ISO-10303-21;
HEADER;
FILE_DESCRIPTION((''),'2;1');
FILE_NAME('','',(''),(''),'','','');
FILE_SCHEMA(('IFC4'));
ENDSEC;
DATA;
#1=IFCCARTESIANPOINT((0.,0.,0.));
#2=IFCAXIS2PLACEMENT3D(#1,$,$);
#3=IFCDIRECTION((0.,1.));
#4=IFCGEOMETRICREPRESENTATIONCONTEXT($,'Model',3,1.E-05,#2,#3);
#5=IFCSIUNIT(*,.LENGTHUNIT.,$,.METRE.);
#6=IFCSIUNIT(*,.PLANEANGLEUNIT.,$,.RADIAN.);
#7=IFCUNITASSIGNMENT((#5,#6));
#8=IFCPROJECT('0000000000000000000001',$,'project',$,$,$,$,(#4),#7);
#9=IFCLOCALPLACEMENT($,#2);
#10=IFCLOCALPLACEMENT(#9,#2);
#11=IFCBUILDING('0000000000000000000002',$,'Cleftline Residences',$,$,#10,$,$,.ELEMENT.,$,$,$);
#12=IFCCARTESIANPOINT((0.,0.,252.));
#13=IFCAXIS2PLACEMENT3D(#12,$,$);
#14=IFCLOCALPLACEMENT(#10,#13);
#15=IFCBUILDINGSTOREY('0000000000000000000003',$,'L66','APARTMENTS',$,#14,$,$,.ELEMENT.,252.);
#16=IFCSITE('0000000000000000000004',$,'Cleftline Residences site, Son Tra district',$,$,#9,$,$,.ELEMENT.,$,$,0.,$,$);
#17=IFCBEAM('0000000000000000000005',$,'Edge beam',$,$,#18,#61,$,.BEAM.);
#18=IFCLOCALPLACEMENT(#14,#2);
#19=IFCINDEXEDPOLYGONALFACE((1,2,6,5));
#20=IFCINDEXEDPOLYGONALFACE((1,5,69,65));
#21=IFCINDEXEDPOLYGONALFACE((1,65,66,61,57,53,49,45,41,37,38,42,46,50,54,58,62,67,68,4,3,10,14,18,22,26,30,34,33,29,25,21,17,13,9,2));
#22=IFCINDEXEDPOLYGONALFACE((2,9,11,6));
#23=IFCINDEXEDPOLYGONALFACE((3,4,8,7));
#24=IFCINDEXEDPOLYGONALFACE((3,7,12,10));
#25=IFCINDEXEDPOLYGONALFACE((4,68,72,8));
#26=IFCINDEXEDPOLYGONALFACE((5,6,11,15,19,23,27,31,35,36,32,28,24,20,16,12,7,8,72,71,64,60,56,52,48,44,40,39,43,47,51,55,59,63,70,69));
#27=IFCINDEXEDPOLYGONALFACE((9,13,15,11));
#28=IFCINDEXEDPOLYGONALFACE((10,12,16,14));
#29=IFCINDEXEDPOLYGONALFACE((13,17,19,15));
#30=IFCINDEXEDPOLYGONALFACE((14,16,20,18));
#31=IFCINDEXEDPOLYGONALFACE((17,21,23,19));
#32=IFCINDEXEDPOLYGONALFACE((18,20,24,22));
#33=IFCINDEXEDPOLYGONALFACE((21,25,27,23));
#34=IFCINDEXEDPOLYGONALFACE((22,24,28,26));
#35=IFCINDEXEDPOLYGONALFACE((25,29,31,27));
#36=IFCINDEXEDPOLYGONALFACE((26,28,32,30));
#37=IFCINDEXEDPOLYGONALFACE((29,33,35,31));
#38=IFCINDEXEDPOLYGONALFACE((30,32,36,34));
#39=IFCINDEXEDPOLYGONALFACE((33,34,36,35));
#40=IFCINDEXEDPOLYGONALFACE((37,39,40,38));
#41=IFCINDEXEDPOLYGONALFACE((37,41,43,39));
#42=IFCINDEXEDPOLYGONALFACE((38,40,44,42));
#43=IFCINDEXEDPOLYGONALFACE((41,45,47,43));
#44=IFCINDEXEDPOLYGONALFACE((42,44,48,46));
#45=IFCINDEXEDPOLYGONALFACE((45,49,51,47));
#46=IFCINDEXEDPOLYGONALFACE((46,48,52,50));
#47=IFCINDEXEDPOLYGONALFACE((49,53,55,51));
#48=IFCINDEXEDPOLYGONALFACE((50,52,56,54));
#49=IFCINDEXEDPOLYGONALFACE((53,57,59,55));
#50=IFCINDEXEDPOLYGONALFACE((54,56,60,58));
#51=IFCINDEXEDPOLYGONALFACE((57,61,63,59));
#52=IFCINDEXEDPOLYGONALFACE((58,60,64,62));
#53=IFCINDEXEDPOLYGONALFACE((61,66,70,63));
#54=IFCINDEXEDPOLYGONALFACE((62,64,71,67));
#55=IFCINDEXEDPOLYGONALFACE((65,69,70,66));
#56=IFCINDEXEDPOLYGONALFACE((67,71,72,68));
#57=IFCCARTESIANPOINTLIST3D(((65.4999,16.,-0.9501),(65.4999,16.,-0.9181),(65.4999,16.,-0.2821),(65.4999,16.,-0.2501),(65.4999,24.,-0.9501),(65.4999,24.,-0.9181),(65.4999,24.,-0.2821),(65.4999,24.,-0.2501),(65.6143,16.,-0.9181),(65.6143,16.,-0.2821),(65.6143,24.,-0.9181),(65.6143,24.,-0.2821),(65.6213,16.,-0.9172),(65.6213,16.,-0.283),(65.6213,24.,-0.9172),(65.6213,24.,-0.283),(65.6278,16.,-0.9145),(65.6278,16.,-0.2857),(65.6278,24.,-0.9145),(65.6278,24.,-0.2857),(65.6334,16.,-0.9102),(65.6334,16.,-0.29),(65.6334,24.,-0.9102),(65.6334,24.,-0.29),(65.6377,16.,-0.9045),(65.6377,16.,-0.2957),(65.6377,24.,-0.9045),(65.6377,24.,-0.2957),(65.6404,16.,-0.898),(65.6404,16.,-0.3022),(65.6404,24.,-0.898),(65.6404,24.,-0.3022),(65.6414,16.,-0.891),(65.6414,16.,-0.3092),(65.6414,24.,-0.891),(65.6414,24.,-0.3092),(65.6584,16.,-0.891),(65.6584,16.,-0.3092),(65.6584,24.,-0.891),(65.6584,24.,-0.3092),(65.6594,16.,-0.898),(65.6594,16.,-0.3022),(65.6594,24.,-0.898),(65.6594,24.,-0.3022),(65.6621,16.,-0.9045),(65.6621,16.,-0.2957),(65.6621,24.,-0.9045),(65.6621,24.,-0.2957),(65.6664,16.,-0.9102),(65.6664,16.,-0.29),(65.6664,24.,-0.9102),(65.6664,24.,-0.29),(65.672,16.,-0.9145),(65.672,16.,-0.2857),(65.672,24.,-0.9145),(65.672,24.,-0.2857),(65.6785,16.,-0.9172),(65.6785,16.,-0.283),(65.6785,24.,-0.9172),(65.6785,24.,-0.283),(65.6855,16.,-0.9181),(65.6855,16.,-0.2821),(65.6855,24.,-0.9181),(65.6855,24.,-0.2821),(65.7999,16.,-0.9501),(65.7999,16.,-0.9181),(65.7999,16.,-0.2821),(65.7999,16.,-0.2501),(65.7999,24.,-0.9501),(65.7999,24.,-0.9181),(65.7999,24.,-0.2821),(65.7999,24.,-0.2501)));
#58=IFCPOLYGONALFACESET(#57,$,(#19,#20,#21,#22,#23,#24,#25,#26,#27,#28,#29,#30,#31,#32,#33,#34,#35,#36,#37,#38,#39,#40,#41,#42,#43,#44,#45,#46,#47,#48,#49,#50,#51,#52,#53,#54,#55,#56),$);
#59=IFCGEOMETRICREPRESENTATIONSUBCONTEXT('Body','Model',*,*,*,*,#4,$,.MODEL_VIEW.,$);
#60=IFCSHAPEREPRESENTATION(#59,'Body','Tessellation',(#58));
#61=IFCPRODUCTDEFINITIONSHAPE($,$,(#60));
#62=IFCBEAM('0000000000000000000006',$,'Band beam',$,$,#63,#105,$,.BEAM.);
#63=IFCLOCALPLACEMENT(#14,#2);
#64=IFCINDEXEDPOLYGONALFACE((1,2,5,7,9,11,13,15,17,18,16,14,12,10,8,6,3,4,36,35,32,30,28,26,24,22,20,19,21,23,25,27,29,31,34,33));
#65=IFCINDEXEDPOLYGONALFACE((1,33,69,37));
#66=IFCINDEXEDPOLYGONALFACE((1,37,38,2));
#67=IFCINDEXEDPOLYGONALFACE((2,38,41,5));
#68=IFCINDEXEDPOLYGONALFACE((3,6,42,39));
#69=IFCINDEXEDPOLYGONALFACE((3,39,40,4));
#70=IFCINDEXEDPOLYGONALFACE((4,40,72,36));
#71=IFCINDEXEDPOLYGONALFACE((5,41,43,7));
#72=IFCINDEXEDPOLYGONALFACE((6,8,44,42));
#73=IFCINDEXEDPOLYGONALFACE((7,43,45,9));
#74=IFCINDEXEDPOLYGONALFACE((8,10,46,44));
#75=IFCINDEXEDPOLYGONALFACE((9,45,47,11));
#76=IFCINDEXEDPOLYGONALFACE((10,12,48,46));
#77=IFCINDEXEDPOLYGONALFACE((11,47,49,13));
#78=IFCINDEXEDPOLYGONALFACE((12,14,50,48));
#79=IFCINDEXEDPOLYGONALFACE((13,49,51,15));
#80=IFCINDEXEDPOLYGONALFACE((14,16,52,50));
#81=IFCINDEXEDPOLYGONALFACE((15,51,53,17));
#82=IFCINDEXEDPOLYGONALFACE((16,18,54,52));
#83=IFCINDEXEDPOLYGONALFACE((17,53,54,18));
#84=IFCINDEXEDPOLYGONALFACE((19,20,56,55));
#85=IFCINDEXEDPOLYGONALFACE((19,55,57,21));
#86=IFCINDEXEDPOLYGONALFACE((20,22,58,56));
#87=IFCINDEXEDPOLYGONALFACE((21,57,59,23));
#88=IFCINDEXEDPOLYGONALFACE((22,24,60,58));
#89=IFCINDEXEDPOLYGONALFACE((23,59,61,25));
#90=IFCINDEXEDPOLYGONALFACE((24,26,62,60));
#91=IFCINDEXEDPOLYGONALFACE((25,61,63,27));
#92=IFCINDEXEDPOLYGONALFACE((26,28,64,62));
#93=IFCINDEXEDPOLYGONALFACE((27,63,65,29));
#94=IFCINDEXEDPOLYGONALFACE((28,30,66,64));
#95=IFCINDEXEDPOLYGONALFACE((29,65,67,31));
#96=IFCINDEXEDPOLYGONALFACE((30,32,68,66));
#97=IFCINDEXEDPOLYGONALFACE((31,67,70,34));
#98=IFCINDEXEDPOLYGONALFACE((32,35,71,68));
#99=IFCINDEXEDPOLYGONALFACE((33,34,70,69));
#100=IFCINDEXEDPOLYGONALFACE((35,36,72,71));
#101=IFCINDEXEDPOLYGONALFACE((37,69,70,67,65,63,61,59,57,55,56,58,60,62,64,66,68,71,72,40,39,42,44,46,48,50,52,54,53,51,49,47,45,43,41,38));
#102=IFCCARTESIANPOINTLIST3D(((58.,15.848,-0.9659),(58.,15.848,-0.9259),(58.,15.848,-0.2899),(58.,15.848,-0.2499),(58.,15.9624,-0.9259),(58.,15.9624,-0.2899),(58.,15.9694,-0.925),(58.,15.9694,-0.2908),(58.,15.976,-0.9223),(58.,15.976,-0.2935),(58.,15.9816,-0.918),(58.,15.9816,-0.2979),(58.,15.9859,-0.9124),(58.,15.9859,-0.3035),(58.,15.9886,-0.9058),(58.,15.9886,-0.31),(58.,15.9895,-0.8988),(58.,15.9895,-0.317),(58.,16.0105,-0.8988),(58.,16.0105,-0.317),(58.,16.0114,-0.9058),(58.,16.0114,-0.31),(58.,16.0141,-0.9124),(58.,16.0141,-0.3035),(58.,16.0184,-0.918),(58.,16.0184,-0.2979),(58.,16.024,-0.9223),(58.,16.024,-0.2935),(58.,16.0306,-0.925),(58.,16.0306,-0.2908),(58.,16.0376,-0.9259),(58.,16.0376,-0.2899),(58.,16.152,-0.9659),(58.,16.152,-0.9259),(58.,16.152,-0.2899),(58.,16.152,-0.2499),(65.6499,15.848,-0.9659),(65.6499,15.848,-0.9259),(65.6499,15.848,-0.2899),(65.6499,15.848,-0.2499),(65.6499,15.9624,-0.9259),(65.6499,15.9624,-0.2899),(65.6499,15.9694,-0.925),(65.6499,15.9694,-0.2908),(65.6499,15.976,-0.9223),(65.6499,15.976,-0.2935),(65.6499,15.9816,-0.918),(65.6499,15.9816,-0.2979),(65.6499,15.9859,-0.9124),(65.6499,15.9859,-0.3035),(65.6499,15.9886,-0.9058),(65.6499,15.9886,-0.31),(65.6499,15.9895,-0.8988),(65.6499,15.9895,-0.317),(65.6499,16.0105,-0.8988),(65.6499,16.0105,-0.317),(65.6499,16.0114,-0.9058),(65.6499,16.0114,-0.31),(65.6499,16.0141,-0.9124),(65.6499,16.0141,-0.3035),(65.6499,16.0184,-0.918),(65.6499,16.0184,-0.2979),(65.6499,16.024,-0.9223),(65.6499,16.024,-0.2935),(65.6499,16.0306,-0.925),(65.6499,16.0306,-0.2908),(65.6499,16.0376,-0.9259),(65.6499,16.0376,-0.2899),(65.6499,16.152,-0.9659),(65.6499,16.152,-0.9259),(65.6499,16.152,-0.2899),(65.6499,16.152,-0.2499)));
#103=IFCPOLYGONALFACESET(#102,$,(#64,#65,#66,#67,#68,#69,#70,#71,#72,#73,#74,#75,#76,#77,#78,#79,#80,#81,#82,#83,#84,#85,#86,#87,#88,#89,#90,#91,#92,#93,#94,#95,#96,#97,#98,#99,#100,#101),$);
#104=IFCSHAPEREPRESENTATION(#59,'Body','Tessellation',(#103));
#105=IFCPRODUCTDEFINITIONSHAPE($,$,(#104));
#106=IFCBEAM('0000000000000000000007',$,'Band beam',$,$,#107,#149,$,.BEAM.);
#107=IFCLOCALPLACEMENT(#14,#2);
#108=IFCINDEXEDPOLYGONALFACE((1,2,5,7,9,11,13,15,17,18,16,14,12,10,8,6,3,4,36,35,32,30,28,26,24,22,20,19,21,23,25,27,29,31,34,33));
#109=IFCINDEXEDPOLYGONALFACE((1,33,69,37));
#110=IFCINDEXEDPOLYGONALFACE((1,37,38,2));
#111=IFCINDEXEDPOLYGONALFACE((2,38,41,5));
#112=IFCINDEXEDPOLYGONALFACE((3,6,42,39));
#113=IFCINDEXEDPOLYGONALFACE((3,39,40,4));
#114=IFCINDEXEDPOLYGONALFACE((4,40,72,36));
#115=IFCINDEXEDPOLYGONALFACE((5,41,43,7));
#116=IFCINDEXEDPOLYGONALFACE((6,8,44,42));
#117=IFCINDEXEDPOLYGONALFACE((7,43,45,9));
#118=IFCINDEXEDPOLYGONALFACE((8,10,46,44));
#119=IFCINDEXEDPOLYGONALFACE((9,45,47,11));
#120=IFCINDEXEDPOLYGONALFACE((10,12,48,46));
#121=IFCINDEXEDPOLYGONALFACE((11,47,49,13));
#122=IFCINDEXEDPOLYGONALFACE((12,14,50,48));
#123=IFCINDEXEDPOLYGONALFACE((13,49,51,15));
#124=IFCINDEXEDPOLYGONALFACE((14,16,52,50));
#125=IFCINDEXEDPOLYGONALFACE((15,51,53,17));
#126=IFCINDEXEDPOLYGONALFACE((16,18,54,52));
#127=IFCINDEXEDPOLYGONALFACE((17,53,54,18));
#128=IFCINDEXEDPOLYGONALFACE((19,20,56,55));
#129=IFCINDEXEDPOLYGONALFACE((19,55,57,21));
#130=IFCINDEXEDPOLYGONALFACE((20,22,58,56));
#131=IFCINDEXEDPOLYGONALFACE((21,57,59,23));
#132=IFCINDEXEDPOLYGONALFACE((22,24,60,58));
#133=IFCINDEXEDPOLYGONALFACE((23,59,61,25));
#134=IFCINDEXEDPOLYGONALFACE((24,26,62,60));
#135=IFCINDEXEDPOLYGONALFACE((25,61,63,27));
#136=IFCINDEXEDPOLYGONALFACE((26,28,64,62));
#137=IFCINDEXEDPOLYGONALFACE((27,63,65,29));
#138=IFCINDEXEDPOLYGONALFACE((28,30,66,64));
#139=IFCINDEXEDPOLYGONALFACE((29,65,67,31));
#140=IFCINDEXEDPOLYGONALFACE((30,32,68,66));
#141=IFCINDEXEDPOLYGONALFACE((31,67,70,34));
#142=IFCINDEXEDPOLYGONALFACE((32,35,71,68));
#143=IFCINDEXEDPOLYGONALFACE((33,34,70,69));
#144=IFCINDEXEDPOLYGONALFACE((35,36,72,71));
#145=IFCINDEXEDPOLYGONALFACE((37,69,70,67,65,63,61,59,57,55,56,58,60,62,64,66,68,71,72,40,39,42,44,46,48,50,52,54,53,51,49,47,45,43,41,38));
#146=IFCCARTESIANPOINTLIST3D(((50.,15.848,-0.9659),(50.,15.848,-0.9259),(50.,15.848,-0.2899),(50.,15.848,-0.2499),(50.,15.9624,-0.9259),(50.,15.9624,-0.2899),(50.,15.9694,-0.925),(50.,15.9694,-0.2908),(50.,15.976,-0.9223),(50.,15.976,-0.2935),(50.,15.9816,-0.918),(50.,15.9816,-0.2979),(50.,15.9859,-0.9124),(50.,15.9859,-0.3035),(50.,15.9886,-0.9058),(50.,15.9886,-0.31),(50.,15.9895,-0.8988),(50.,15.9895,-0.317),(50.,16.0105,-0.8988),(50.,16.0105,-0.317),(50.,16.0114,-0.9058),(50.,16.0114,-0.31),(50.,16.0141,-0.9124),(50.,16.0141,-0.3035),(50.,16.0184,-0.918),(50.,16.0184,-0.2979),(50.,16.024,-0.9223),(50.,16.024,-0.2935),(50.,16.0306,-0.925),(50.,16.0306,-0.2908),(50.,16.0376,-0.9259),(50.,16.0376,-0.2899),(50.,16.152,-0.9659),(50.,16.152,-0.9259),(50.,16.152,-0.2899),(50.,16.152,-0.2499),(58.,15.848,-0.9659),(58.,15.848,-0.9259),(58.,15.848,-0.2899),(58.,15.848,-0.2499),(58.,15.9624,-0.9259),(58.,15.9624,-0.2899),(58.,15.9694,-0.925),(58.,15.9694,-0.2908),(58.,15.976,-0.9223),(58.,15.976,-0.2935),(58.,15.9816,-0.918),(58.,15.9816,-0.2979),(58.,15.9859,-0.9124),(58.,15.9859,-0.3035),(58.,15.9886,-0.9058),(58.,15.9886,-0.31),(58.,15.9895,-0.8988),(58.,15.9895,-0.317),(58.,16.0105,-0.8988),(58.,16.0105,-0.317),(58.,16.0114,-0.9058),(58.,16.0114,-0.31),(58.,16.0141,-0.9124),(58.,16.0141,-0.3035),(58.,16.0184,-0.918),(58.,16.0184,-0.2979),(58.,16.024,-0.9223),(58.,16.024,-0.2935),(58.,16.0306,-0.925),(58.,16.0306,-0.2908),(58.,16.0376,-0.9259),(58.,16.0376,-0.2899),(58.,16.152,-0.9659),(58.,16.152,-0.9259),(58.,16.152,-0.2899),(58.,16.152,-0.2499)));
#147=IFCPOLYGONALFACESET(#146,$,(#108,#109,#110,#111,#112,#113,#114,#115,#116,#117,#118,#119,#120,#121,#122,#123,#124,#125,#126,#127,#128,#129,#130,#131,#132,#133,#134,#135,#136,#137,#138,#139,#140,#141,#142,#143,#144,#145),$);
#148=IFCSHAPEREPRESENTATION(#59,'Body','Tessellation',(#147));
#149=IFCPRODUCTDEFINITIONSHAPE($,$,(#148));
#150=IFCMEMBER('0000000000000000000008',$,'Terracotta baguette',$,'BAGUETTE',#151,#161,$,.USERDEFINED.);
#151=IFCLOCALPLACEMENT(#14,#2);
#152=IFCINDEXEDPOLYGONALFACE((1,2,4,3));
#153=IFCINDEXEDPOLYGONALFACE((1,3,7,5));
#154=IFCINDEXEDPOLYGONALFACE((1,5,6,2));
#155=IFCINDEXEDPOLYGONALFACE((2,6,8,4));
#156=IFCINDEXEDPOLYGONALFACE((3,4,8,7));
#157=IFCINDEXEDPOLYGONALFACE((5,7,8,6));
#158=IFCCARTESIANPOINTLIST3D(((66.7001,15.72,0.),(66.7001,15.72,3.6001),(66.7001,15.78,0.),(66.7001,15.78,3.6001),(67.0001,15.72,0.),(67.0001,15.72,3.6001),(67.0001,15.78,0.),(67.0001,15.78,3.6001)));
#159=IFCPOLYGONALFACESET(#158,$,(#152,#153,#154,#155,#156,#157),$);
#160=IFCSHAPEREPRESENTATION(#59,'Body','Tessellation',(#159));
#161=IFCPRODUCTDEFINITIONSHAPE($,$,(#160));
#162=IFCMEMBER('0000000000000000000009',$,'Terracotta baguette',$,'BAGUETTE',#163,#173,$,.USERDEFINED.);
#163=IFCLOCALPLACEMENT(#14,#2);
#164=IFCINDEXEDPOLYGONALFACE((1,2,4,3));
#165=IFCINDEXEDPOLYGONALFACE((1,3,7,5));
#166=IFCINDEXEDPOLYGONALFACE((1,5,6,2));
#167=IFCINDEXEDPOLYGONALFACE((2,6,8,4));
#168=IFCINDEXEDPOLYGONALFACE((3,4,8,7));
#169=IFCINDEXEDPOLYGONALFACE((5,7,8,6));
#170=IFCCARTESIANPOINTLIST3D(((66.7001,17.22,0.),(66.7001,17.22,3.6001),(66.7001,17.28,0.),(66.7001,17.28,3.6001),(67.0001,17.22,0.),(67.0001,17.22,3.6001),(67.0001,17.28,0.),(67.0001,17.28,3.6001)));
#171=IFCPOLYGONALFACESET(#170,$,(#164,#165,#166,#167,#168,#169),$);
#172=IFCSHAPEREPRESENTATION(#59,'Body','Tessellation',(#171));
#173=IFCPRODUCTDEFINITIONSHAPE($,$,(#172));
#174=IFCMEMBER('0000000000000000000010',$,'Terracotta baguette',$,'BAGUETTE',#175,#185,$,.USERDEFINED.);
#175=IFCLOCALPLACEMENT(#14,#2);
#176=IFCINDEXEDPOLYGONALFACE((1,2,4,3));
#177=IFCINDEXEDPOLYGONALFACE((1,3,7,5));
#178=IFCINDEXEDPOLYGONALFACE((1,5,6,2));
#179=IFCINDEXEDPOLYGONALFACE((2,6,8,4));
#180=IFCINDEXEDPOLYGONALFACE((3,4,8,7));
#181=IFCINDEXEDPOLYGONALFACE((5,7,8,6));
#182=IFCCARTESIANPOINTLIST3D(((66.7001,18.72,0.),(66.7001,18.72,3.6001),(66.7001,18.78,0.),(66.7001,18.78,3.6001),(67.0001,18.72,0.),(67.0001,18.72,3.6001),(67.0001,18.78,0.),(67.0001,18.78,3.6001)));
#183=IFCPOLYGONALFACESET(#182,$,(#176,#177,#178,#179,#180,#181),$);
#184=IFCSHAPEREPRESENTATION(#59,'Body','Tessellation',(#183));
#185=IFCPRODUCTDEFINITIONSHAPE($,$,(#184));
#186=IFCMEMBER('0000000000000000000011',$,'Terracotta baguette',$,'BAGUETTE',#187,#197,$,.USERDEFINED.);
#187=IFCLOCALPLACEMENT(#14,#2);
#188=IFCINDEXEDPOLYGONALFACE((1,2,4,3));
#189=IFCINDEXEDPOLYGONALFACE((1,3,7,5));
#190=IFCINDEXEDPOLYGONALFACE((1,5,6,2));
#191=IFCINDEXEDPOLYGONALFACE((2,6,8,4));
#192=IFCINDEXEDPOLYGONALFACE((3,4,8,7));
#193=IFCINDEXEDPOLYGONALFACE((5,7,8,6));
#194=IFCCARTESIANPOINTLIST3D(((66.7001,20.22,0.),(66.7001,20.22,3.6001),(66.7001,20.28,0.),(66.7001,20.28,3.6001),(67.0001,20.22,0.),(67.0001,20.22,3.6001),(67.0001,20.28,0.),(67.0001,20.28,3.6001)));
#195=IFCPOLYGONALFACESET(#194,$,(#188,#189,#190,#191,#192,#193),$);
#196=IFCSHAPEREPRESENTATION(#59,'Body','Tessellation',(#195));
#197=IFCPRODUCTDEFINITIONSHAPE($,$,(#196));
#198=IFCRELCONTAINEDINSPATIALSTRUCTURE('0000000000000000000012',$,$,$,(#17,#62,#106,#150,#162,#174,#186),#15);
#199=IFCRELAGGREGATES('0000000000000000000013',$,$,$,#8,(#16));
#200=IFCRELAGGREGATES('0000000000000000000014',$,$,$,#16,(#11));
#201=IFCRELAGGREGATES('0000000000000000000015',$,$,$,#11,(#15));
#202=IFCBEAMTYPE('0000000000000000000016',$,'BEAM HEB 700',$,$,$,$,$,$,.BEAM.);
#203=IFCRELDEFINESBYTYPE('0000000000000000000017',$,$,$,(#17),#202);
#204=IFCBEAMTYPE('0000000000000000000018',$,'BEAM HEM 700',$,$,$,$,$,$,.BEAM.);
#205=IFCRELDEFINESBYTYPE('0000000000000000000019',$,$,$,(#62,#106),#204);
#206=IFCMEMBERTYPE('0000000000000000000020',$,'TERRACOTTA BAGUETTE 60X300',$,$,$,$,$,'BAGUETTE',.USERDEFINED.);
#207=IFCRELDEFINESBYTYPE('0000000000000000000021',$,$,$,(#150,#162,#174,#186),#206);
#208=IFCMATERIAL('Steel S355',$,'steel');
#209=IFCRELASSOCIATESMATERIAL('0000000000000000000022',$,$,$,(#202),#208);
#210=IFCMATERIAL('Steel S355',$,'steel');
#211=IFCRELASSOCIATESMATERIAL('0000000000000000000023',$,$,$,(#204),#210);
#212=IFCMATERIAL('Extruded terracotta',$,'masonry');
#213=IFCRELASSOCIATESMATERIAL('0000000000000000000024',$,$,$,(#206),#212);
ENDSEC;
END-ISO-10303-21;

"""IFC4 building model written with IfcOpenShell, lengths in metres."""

from ifc_helpers import new_model, si_unit, direction, frame, origin, origin_2d, place, context, subcontext, project, spatial, rectangle, i_section, extrude, material, material_profile, profile_set, type_object, element, save


model = new_model("IFC4")

# Units and contexts
model_context = context("Model", 3, precision=1e-05, world=origin(), true_north=direction((0.0, 1.0)))
body_context = subcontext(model_context, "Body", "Model", "MODEL_VIEW")
ifc_project = project(units=[si_unit("LENGTHUNIT", "METRE"), si_unit("PLANEANGLEUNIT", "RADIAN")], contexts=[model_context])

# Site, building, storey
site_placement = place(None, origin())
site = spatial("IfcSite", under=ifc_project, at=site_placement, Name="Cleftline Residences site, Son Tra district", CompositionType="ELEMENT", RefElevation=0.0)
building_placement = place(site_placement, origin())
building = spatial("IfcBuilding", under=site, at=building_placement, Name="Cleftline Residences", CompositionType="ELEMENT")
storey_placement = place(building_placement, frame((0.0, 0.0, 252.0)))
storey = spatial("IfcBuildingStorey", under=building, at=storey_placement, Name="L66", Description="APARTMENTS", CompositionType="ELEMENT", Elevation=252.0)

# Beams
ifc_material_1 = material(Name="Steel S355", Category="steel")
ifc_material_profile_1 = material_profile(ifc_material_1, i_section(OverallWidth=0.3, OverallDepth=0.7, WebThickness=0.0171, FlangeThickness=0.032, FilletRadius=0.0271, at=origin_2d()))
ifc_profile_set_1 = profile_set([ifc_material_profile_1], Name="Steel S355")
beam_type_1 = type_object("IfcBeamType", Name="BEAM HEB 700", PredefinedType="BEAM", material=ifc_profile_set_1)
beam_1_placement = place(storey_placement, frame((65.6499, 16.0, -0.6001), z_axis=(0.0, 1.0, 0.0), x_axis=(-1.0, 0.0, 0.0)))
element("IfcBeam", 1, at=beam_1_placement, inside=storey, type_object=beam_type_1, Name="Edge beam", PredefinedType="BEAM", context=body_context, shape_type="SweptSolid", body=[
    extrude(i_section(OverallWidth=0.3, OverallDepth=0.7, WebThickness=0.0171, FlangeThickness=0.032, FilletRadius=0.0271, at=origin_2d()), origin(), (0.0, 0.0, 1.0), 8.0),
])
ifc_material_2 = material(Name="Steel S355", Category="steel")
ifc_material_profile_2 = material_profile(ifc_material_2, i_section(OverallWidth=0.304, OverallDepth=0.7161, WebThickness=0.021, FlangeThickness=0.04, FilletRadius=0.0271, at=origin_2d()))
ifc_profile_set_2 = profile_set([ifc_material_profile_2], Name="Steel S355")
beam_type_2 = type_object("IfcBeamType", Name="BEAM HEM 700", PredefinedType="BEAM", material=ifc_profile_set_2)
beam_2_placement = place(storey_placement, frame((65.6499, 16.0, -0.6079), z_axis=(-1.0, 0.0, 0.0), x_axis=(0.0, -1.0, 0.0)))
element("IfcBeam", 2, at=beam_2_placement, inside=storey, type_object=beam_type_2, Name="Band beam", PredefinedType="BEAM", context=body_context, shape_type="SweptSolid", body=[
    extrude(i_section(OverallWidth=0.304, OverallDepth=0.7161, WebThickness=0.021, FlangeThickness=0.04, FilletRadius=0.0271, at=origin_2d()), origin(), (0.0, 0.0, 1.0), 7.6499),
])
beam_3_placement = place(storey_placement, frame((58.0, 16.0, -0.6079), z_axis=(-1.0, 0.0, 0.0), x_axis=(0.0, -1.0, 0.0)))
element("IfcBeam", 3, at=beam_3_placement, inside=storey, type_object=beam_type_2, Name="Band beam", PredefinedType="BEAM", context=body_context, shape_type="SweptSolid", body=[
    extrude(i_section(OverallWidth=0.304, OverallDepth=0.7161, WebThickness=0.021, FlangeThickness=0.04, FilletRadius=0.0271, at=origin_2d()), origin(), (0.0, 0.0, 1.0), 8.0),
])

# Members
ifc_material_3 = material(Name="Extruded terracotta", Category="masonry")
ifc_material_profile_3 = material_profile(ifc_material_3, rectangle(XDim=0.0601, YDim=0.3, at=origin_2d()))
ifc_profile_set_3 = profile_set([ifc_material_profile_3], Name="Extruded terracotta")
member_type_1 = type_object("IfcMemberType", Name="TERRACOTTA BAGUETTE 60X300", ElementType="BAGUETTE", PredefinedType="USERDEFINED", material=ifc_profile_set_3)
for number, where, z_axis, x_axis, name in (
    (4, (66.8501, 15.75, 0.0), (0.0, 0.0, 1.0), (0.0, 1.0, 0.0), "Terracotta baguette"),
    (5, (66.8501, 17.25, 0.0), (0.0, 0.0, 1.0), (0.0, 1.0, 0.0), "Terracotta baguette"),
    (6, (66.8501, 18.75, 0.0), (0.0, 0.0, 1.0), (0.0, 1.0, 0.0), "Terracotta baguette"),
    (7, (66.8501, 20.25, 0.0), (0.0, 0.0, 1.0), (0.0, 1.0, 0.0), "Terracotta baguette"),
):
    element("IfcMember", number, at=place(storey_placement, frame(where, z_axis=z_axis, x_axis=x_axis)), inside=storey, type_object=member_type_1, Name=name, ObjectType="BAGUETTE", PredefinedType="USERDEFINED", context=body_context, shape_type="SweptSolid", body=[
        extrude(rectangle(XDim=0.0601, YDim=0.3, at=origin_2d()), origin(), (0.0, 0.0, 1.0), 3.6001),
    ])

save(model, "model.ifc")
